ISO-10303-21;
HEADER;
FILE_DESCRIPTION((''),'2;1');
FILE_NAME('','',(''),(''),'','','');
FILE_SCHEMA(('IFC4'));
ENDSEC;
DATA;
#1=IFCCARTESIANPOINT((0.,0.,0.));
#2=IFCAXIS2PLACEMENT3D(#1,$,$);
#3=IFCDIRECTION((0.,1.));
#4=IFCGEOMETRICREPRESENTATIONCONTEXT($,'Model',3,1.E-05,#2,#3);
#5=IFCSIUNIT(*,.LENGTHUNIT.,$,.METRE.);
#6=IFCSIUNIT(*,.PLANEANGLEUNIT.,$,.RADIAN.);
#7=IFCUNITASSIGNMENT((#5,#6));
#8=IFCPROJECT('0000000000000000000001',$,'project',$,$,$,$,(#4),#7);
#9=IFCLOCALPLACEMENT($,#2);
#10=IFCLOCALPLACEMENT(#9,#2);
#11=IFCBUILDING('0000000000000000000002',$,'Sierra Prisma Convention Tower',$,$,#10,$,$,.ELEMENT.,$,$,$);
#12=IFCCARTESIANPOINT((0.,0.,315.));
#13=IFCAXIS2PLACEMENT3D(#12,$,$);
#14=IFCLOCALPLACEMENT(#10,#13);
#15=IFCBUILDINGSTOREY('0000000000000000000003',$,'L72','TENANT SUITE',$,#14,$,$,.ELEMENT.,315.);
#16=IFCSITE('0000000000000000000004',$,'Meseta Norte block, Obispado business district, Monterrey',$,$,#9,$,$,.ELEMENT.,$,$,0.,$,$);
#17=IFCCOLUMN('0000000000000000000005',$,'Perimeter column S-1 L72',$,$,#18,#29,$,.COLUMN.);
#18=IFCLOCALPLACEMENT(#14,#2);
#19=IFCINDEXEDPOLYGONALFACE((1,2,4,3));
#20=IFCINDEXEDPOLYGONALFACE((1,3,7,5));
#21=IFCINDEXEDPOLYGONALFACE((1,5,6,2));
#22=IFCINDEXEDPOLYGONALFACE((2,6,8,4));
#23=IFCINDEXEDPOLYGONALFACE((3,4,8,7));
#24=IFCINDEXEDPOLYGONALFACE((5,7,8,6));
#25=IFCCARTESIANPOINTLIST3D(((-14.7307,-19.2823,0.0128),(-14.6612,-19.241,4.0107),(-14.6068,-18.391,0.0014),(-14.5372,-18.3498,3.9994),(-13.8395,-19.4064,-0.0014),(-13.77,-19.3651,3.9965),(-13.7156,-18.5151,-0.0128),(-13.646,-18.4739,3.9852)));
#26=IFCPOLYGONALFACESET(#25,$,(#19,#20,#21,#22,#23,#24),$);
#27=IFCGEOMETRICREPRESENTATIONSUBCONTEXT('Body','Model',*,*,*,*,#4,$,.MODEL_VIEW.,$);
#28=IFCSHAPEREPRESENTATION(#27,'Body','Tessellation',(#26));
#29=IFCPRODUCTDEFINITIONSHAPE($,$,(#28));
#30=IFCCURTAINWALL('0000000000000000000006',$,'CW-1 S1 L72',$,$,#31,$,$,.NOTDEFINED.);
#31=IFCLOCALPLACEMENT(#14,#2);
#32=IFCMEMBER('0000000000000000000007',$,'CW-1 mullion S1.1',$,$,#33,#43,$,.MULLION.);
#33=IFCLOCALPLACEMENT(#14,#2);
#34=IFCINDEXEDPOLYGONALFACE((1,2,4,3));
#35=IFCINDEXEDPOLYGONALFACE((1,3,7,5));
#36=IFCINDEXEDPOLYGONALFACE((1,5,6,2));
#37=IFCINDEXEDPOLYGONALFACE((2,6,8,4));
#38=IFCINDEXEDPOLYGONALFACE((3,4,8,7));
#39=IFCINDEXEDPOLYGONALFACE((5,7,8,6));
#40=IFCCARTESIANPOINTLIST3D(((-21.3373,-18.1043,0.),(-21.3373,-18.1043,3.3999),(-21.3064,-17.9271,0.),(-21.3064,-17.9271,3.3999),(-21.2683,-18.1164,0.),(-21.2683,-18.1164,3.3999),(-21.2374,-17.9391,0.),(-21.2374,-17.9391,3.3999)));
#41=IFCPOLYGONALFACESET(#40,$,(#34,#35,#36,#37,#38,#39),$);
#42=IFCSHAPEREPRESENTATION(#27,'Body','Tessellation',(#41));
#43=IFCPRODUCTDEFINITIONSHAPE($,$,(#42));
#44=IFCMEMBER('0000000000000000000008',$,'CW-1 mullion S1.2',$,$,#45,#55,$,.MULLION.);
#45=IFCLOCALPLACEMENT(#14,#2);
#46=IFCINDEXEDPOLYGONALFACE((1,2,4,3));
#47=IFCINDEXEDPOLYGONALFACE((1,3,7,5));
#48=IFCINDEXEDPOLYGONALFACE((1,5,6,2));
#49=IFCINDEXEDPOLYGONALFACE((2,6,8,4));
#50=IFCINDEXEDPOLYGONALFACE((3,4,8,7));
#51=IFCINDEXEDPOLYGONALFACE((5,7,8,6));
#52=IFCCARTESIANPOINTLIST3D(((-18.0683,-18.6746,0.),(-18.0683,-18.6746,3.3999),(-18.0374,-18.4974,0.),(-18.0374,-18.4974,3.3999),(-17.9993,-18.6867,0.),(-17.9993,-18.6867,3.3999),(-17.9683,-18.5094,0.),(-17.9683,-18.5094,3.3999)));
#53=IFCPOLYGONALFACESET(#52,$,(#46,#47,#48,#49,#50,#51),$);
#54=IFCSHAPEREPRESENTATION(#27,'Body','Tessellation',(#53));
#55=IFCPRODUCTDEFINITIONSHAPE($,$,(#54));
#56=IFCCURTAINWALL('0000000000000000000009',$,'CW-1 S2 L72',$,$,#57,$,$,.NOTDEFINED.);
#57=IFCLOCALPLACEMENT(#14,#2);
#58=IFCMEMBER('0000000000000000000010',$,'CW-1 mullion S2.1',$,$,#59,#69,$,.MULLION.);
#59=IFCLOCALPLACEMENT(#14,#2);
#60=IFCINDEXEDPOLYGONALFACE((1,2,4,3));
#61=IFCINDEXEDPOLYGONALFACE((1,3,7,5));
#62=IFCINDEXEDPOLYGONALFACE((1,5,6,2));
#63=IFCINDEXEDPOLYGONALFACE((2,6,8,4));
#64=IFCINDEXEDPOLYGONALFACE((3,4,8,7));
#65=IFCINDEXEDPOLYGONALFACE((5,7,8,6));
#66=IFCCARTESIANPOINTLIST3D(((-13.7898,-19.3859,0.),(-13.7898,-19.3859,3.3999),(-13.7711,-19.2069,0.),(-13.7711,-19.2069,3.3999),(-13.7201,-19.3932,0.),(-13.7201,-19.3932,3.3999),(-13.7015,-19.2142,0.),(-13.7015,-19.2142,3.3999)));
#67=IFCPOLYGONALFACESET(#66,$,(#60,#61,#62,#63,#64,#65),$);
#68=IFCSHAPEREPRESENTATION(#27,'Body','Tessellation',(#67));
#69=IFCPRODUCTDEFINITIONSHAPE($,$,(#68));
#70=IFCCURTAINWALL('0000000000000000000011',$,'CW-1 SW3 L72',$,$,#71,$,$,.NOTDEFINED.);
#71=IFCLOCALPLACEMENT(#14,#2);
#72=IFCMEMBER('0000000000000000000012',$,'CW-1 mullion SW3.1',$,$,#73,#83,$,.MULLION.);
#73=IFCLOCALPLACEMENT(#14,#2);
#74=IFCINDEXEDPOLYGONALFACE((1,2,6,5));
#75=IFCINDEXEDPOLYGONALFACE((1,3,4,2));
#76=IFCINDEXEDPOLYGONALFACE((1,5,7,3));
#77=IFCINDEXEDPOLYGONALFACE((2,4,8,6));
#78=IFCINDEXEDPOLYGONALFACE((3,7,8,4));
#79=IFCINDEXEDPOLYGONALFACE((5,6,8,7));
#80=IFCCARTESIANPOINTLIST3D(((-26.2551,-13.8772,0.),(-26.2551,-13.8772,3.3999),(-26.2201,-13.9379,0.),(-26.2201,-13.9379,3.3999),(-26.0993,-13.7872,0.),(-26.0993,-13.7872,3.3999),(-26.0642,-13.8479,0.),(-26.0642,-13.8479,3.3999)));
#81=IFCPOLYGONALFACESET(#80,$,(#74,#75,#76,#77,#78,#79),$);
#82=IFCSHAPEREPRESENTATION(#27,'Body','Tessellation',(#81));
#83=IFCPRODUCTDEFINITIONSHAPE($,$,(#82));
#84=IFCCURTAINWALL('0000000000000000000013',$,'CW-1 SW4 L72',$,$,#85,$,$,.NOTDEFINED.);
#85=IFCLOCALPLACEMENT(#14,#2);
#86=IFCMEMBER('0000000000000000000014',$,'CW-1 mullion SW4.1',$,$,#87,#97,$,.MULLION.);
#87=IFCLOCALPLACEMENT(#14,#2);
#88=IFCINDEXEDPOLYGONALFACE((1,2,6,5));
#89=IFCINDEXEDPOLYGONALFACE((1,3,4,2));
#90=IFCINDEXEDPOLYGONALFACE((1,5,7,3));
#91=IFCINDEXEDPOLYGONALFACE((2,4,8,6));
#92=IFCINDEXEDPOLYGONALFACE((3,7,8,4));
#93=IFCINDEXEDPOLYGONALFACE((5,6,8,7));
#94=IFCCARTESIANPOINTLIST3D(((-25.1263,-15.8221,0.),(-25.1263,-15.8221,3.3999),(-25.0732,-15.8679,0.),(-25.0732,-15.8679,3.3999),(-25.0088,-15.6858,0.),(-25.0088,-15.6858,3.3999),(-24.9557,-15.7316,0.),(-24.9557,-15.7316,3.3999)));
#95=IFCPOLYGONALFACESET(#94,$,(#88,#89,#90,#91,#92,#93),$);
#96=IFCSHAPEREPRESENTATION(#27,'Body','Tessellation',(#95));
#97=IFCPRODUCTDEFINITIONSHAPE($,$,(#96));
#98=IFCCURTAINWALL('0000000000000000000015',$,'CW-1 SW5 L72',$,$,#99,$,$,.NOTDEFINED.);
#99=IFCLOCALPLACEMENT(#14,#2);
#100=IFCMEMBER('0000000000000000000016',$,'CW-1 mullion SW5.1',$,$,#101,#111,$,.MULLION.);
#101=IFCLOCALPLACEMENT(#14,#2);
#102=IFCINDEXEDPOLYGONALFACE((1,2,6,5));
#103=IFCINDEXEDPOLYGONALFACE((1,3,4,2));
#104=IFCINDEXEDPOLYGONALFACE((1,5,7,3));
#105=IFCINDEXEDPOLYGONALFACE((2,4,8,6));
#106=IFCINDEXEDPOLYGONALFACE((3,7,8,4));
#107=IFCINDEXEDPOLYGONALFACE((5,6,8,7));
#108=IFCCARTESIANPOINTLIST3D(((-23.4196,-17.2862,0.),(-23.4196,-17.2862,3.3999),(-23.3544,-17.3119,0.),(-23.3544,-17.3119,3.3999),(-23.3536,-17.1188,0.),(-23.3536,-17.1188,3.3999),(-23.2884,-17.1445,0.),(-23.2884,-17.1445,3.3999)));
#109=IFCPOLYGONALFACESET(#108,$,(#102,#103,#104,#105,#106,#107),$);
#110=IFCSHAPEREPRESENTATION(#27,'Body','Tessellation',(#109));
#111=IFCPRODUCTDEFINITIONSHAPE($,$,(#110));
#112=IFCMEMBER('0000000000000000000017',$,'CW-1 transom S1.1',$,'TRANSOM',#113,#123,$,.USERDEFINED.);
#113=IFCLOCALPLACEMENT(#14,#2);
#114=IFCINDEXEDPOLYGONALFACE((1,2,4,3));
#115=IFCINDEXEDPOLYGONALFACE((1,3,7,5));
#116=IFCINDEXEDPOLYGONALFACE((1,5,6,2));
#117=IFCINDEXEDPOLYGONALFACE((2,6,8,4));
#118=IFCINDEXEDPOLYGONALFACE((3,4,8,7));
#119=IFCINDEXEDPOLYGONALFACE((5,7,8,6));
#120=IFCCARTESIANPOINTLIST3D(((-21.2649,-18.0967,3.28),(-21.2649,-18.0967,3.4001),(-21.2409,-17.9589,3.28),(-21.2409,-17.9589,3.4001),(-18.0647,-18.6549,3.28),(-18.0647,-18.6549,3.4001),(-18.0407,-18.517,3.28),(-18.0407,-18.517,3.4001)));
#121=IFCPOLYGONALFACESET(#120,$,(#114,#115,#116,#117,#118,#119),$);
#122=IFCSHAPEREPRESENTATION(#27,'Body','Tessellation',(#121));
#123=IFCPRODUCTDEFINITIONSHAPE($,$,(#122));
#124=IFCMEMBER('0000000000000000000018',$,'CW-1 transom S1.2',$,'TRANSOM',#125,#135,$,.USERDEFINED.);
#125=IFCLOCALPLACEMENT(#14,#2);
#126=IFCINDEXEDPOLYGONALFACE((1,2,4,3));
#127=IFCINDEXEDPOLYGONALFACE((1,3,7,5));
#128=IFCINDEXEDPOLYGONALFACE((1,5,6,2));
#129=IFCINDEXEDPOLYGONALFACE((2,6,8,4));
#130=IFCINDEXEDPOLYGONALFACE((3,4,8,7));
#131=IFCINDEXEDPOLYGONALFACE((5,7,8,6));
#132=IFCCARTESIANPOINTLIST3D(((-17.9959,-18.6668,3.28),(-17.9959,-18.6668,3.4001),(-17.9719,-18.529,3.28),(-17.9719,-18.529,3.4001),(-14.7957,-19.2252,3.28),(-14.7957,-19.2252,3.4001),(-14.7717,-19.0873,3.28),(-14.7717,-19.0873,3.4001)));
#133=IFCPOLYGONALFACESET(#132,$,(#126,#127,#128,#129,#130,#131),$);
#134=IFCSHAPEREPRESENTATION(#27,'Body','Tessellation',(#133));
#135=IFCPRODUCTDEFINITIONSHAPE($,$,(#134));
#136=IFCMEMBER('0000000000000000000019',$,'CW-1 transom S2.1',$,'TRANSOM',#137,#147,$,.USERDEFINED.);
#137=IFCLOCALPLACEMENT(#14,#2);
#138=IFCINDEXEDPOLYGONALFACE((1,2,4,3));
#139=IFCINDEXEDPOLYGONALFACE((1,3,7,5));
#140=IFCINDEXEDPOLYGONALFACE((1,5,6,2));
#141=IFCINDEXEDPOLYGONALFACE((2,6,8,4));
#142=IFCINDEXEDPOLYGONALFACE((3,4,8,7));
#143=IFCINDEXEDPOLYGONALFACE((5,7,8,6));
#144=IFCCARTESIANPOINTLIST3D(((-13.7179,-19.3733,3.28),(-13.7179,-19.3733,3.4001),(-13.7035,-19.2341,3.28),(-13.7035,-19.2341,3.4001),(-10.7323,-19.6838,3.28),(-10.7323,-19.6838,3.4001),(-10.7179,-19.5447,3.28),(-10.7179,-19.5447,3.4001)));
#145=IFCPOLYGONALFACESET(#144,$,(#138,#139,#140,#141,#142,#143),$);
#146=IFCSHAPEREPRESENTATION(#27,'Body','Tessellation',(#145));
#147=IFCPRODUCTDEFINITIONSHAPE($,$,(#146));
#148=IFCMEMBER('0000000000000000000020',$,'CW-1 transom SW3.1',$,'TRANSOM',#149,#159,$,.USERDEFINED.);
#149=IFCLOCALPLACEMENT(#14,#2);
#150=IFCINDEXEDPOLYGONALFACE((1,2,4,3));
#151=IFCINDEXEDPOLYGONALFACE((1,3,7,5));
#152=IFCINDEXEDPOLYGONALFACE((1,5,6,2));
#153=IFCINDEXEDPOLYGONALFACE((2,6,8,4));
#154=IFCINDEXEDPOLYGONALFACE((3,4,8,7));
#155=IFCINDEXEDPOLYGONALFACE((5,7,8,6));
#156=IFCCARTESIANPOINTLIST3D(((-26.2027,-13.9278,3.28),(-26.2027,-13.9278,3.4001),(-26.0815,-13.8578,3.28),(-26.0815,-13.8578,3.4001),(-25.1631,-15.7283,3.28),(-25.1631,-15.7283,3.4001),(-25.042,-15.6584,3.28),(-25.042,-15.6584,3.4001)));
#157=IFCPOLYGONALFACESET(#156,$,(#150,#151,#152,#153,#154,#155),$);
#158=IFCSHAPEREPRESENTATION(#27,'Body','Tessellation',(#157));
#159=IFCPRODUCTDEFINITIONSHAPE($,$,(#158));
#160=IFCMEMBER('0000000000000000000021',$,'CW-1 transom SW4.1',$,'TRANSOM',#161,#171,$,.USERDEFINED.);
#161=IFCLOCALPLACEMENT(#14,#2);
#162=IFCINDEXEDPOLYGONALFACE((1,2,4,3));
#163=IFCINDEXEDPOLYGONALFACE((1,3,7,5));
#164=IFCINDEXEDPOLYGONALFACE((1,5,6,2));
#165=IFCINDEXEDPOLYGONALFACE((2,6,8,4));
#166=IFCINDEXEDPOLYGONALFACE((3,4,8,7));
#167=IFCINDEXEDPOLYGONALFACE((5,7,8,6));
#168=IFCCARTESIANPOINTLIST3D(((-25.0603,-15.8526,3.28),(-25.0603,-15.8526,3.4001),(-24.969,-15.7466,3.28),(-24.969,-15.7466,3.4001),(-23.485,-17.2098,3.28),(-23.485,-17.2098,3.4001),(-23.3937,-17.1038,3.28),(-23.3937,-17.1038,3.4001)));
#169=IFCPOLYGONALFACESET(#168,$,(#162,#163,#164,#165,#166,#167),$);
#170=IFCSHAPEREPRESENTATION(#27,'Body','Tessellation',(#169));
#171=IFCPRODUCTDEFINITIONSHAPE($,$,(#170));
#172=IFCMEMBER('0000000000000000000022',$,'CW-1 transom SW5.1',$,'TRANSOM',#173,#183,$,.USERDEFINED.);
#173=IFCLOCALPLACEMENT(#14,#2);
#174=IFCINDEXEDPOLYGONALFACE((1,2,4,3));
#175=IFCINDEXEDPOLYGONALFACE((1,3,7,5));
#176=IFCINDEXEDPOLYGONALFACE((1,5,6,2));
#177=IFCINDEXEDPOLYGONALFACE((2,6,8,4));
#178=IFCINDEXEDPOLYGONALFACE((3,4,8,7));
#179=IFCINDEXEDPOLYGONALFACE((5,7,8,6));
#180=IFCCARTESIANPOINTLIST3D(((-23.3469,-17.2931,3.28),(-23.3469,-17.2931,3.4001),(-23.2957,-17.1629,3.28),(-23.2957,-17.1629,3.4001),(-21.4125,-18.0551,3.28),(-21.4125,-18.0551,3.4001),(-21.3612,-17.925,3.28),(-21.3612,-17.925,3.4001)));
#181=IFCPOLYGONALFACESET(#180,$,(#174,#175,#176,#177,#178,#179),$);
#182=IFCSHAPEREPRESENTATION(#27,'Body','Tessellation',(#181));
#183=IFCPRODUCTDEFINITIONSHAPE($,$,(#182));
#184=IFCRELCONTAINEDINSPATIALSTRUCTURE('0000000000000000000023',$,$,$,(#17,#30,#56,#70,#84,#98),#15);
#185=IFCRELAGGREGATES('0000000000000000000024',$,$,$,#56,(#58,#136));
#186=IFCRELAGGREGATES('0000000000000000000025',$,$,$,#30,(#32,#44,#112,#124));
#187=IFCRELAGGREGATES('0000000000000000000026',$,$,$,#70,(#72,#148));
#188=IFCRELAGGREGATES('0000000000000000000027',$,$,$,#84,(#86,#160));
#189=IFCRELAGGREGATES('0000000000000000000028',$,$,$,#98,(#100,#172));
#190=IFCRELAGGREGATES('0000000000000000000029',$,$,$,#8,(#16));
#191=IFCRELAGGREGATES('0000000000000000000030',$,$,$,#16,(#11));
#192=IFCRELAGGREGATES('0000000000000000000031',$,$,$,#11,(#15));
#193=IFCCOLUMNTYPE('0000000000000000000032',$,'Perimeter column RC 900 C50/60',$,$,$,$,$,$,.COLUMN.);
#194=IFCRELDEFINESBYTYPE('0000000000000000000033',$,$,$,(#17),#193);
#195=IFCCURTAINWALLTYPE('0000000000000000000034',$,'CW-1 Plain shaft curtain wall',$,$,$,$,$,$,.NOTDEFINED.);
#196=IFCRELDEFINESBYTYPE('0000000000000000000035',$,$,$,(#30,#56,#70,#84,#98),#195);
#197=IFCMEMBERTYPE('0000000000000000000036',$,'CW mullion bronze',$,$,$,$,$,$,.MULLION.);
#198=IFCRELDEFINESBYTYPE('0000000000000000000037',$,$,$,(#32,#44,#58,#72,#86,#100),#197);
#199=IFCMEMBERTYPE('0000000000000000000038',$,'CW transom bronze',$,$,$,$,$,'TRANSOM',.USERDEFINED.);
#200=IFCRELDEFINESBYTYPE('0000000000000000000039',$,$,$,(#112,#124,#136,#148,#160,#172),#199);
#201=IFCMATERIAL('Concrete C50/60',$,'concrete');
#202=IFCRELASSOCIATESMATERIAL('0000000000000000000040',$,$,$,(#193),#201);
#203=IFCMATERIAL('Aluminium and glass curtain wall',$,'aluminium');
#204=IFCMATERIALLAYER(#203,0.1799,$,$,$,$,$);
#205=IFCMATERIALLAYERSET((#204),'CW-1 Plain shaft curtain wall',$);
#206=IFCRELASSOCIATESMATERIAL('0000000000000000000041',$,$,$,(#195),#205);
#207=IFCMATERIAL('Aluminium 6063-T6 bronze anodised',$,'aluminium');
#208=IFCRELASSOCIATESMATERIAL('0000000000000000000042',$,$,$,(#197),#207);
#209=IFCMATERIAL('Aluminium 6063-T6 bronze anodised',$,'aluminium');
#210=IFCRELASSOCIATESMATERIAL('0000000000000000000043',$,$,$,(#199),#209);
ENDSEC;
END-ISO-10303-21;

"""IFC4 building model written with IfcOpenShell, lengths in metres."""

from ifc_helpers import new_model, si_unit, direction, frame, origin, origin_2d, place, context, subcontext, project, spatial, rectangle, extrude, clip, halfspace, material, layer, layer_set, material_profile, profile_set, type_object, element, aggregate, save


model = new_model("IFC4")

# Units and contexts
model_context = context("Model", 3, precision=1e-05, world=origin(), true_north=direction((0.0, 1.0)))
body_context = subcontext(model_context, "Body", "Model", "MODEL_VIEW")
ifc_project = project(units=[si_unit("LENGTHUNIT", "METRE"), si_unit("PLANEANGLEUNIT", "RADIAN")], contexts=[model_context])

# Site, building, storey
site_placement = place(None, origin())
site = spatial("IfcSite", under=ifc_project, at=site_placement, Name="Meseta Norte block, Obispado business district, Monterrey", CompositionType="ELEMENT", RefElevation=0.0)
building_placement = place(site_placement, origin())
building = spatial("IfcBuilding", under=site, at=building_placement, Name="Sierra Prisma Convention Tower", CompositionType="ELEMENT")
storey_placement = place(building_placement, frame((0.0, 0.0, 315.0)))
storey = spatial("IfcBuildingStorey", under=building, at=storey_placement, Name="L72", Description="TENANT SUITE", CompositionType="ELEMENT", Elevation=315.0)

# Column
ifc_material_1 = material(Name="Concrete C50/60", Category="concrete")
ifc_material_profile_1 = material_profile(ifc_material_1, rectangle(XDim=0.8999, YDim=0.8999, at=origin_2d()), Name="Perimeter column RC 900 C50/60")
ifc_profile_set_1 = profile_set([ifc_material_profile_1], Name="Concrete C50/60")
column_type = type_object("IfcColumnType", Name="Perimeter column RC 900 C50/60", PredefinedType="COLUMN", material=ifc_profile_set_1)
column_placement = place(storey_placement, frame((-14.2231, -18.8987, 0.0), z_axis=(0.017391, 0.010313, 0.999796), x_axis=(-0.990322, 0.137883, 0.015804)))
element("IfcColumn", 1, at=column_placement, inside=storey, type_object=column_type, Name="Perimeter column S-1 L72", PredefinedType="COLUMN", context=body_context, shape_type="SweptSolid", body=[
    clip(extrude(rectangle(XDim=0.8999, YDim=0.8999, at=origin_2d()), origin(), (0.0, 0.0, 1.0), 4.0007), halfspace(frame((0.0, 0.0, 3.9988)), False)),
])

# Curtain wall, members
ifc_material_2 = material(Name="Aluminium and glass curtain wall", Category="aluminium")
ifc_layer_1 = layer(ifc_material_2, 0.1799)
ifc_layer_set_1 = layer_set([ifc_layer_1], Name="CW-1 Plain shaft curtain wall")
curtain_wall_type = type_object("IfcCurtainWallType", Name="CW-1 Plain shaft curtain wall", PredefinedType="NOTDEFINED", material=ifc_layer_set_1)
curtain_wall_1_placement = place(storey_placement, origin())
curtain_wall_1 = element("IfcCurtainWall", 2, at=curtain_wall_1_placement, inside=storey, type_object=curtain_wall_type, Name="CW-1 S1 L72", PredefinedType="NOTDEFINED")
ifc_material_3 = material(Name="Aluminium 6063-T6 bronze anodised", Category="aluminium")
ifc_material_profile_2 = material_profile(ifc_material_3, rectangle(XDim=0.1799, YDim=0.0701, at=origin_2d()), Name="ALU MULLION 70x180")
ifc_profile_set_2 = profile_set([ifc_material_profile_2], Name="Aluminium 6063-T6 bronze anodised")
member_type_1 = type_object("IfcMemberType", Name="CW mullion bronze", PredefinedType="MULLION", material=ifc_profile_set_2)
member_1_placement = place(storey_placement, frame((-21.2874, -18.0217, 0.0), z_axis=(0.0, 0.0, 1.0), x_axis=(0.171832, 0.985126, 0.0)))
member_1 = element("IfcMember", 3, at=member_1_placement, type_object=member_type_1, Name="CW-1 mullion S1.1", PredefinedType="MULLION", context=body_context, shape_type="SweptSolid", body=[
    extrude(rectangle(XDim=0.1799, YDim=0.0701, at=origin_2d()), origin(), (0.0, 0.0, 1.0), 3.3999),
])
member_2_placement = place(storey_placement, frame((-18.0183, -18.592, 0.0), z_axis=(0.0, 0.0, 1.0), x_axis=(0.171832, 0.985126, 0.0)))
member_2 = element("IfcMember", 4, at=member_2_placement, type_object=member_type_1, Name="CW-1 mullion S1.2", PredefinedType="MULLION", context=body_context, shape_type="SweptSolid", body=[
    extrude(rectangle(XDim=0.1799, YDim=0.0701, at=origin_2d()), origin(), (0.0, 0.0, 1.0), 3.3999),
])

# Curtain walls, members
curtain_wall_2_placement = place(storey_placement, origin())
curtain_wall_2 = element("IfcCurtainWall", 5, at=curtain_wall_2_placement, inside=storey, type_object=curtain_wall_type, Name="CW-1 S2 L72", PredefinedType="NOTDEFINED")
member_3_placement = place(storey_placement, frame((-13.7456, -19.3, 0.0), z_axis=(0.0, 0.0, 1.0), x_axis=(0.103428, 0.994637, 0.0)))
member_3 = element("IfcMember", 6, at=member_3_placement, type_object=member_type_1, Name="CW-1 mullion S2.1", PredefinedType="MULLION", context=body_context, shape_type="SweptSolid", body=[
    extrude(rectangle(XDim=0.1799, YDim=0.0701, at=origin_2d()), origin(), (0.0, 0.0, 1.0), 3.3999),
])
curtain_wall_3_placement = place(storey_placement, origin())
curtain_wall_3 = element("IfcCurtainWall", 7, at=curtain_wall_3_placement, inside=storey, type_object=curtain_wall_type, Name="CW-1 SW3 L72", PredefinedType="NOTDEFINED")
member_4_placement = place(storey_placement, frame((-26.1597, -13.8625, 0.0), z_axis=(0.0, 0.0, 1.0), x_axis=(0.866025, 0.5, 0.0)))
member_4 = element("IfcMember", 8, at=member_4_placement, type_object=member_type_1, Name="CW-1 mullion SW3.1", PredefinedType="MULLION", context=body_context, shape_type="SweptSolid", body=[
    extrude(rectangle(XDim=0.1799, YDim=0.0701, at=origin_2d()), origin(), (0.0, 0.0, 1.0), 3.3999),
])
curtain_wall_4_placement = place(storey_placement, origin())
curtain_wall_4 = element("IfcCurtainWall", 9, at=curtain_wall_4_placement, inside=storey, type_object=curtain_wall_type, Name="CW-1 SW4 L72", PredefinedType="NOTDEFINED")
member_5_placement = place(storey_placement, frame((-25.041, -15.7769, 0.0), z_axis=(0.0, 0.0, 1.0), x_axis=(0.65275, 0.757573, 0.0)))
member_5 = element("IfcMember", 10, at=member_5_placement, type_object=member_type_1, Name="CW-1 mullion SW4.1", PredefinedType="MULLION", context=body_context, shape_type="SweptSolid", body=[
    extrude(rectangle(XDim=0.1799, YDim=0.0701, at=origin_2d()), origin(), (0.0, 0.0, 1.0), 3.3999),
])
curtain_wall_5_placement = place(storey_placement, origin())
curtain_wall_5 = element("IfcCurtainWall", 11, at=curtain_wall_5_placement, inside=storey, type_object=curtain_wall_type, Name="CW-1 SW5 L72", PredefinedType="NOTDEFINED")
member_6_placement = place(storey_placement, frame((-23.354, -17.2153, 0.0), z_axis=(0.0, 0.0, 1.0), x_axis=(0.366478, 0.930427, 0.0)))
member_6 = element("IfcMember", 12, at=member_6_placement, type_object=member_type_1, Name="CW-1 mullion SW5.1", PredefinedType="MULLION", context=body_context, shape_type="SweptSolid", body=[
    extrude(rectangle(XDim=0.1799, YDim=0.0701, at=origin_2d()), origin(), (0.0, 0.0, 1.0), 3.3999),
])

# Members
ifc_material_4 = material(Name="Aluminium 6063-T6 bronze anodised", Category="aluminium")
ifc_material_profile_3 = material_profile(ifc_material_4, rectangle(XDim=0.1399, YDim=0.1201, at=origin_2d()), Name="ALU TRANSOM 120x140")
ifc_profile_set_3 = profile_set([ifc_material_profile_3], Name="Aluminium 6063-T6 bronze anodised")
member_type_2 = type_object("IfcMemberType", Name="CW transom bronze", ElementType="TRANSOM", PredefinedType="USERDEFINED", material=ifc_profile_set_3)
member_7_placement = place(storey_placement, frame((-21.2529, -18.0278, 3.3401), z_axis=(0.985131, -0.171804, 0.0), x_axis=(0.171804, 0.985131, 0.0)))
member_7 = element("IfcMember", 13, at=member_7_placement, type_object=member_type_2, Name="CW-1 transom S1.1", ObjectType="TRANSOM", PredefinedType="USERDEFINED", context=body_context, shape_type="SweptSolid", body=[
    extrude(rectangle(XDim=0.1399, YDim=0.1201, at=origin_2d()), origin(), (0.0, 0.0, 1.0), 3.2485),
])
member_8_placement = place(storey_placement, frame((-17.9839, -18.5979, 3.3401), z_axis=(0.985118, -0.171877, 0.0), x_axis=(0.171877, 0.985118, 0.0)))
member_8 = element("IfcMember", 14, at=member_8_placement, type_object=member_type_2, Name="CW-1 transom S1.2", ObjectType="TRANSOM", PredefinedType="USERDEFINED", context=body_context, shape_type="SweptSolid", body=[
    extrude(rectangle(XDim=0.1399, YDim=0.1201, at=origin_2d()), origin(), (0.0, 0.0, 1.0), 3.2485),
])
member_9_placement = place(storey_placement, frame((-13.7107, -19.3037, 3.3401), z_axis=(0.994634, -0.103457, 0.0), x_axis=(0.103457, 0.994634, 0.0)))
member_9 = element("IfcMember", 15, at=member_9_placement, type_object=member_type_2, Name="CW-1 transom S2.1", ObjectType="TRANSOM", PredefinedType="USERDEFINED", context=body_context, shape_type="SweptSolid", body=[
    extrude(rectangle(XDim=0.1399, YDim=0.1201, at=origin_2d()), origin(), (0.0, 0.0, 1.0), 3.0017),
])
aggregate(curtain_wall_2, [member_3, member_9])
member_10_placement = place(storey_placement, frame((-26.1421, -13.8928, 3.3401), z_axis=(0.500004, -0.866023, 0.0), x_axis=(0.866023, 0.500004, 0.0)))
member_10 = element("IfcMember", 16, at=member_10_placement, type_object=member_type_2, Name="CW-1 transom SW3.1", ObjectType="TRANSOM", PredefinedType="USERDEFINED", context=body_context, shape_type="SweptSolid", body=[
    extrude(rectangle(XDim=0.1399, YDim=0.1201, at=origin_2d()), origin(), (0.0, 0.0, 1.0), 2.0791),
])
member_11_placement = place(storey_placement, frame((-25.0146, -15.7996, 3.3401), z_axis=(0.757588, -0.652733, 0.0), x_axis=(0.652733, 0.757588, 0.0)))
member_11 = element("IfcMember", 17, at=member_11_placement, type_object=member_type_2, Name="CW-1 transom SW4.1", ObjectType="TRANSOM", PredefinedType="USERDEFINED", context=body_context, shape_type="SweptSolid", body=[
    extrude(rectangle(XDim=0.1399, YDim=0.1201, at=origin_2d()), origin(), (0.0, 0.0, 1.0), 2.0793),
])
member_12_placement = place(storey_placement, frame((-23.3213, -17.228, 3.3401), z_axis=(0.930416, -0.366506, 0.0), x_axis=(0.366506, 0.930416, 0.0)))
member_12 = element("IfcMember", 18, at=member_12_placement, type_object=member_type_2, Name="CW-1 transom SW5.1", ObjectType="TRANSOM", PredefinedType="USERDEFINED", context=body_context, shape_type="SweptSolid", body=[
    extrude(rectangle(XDim=0.1399, YDim=0.1201, at=origin_2d()), origin(), (0.0, 0.0, 1.0), 2.0791),
])

aggregate(curtain_wall_1, [member_1, member_2, member_7, member_8])

aggregate(curtain_wall_3, [member_4, member_10])
aggregate(curtain_wall_4, [member_5, member_11])
aggregate(curtain_wall_5, [member_6, member_12])

save(model, "model.ifc")
